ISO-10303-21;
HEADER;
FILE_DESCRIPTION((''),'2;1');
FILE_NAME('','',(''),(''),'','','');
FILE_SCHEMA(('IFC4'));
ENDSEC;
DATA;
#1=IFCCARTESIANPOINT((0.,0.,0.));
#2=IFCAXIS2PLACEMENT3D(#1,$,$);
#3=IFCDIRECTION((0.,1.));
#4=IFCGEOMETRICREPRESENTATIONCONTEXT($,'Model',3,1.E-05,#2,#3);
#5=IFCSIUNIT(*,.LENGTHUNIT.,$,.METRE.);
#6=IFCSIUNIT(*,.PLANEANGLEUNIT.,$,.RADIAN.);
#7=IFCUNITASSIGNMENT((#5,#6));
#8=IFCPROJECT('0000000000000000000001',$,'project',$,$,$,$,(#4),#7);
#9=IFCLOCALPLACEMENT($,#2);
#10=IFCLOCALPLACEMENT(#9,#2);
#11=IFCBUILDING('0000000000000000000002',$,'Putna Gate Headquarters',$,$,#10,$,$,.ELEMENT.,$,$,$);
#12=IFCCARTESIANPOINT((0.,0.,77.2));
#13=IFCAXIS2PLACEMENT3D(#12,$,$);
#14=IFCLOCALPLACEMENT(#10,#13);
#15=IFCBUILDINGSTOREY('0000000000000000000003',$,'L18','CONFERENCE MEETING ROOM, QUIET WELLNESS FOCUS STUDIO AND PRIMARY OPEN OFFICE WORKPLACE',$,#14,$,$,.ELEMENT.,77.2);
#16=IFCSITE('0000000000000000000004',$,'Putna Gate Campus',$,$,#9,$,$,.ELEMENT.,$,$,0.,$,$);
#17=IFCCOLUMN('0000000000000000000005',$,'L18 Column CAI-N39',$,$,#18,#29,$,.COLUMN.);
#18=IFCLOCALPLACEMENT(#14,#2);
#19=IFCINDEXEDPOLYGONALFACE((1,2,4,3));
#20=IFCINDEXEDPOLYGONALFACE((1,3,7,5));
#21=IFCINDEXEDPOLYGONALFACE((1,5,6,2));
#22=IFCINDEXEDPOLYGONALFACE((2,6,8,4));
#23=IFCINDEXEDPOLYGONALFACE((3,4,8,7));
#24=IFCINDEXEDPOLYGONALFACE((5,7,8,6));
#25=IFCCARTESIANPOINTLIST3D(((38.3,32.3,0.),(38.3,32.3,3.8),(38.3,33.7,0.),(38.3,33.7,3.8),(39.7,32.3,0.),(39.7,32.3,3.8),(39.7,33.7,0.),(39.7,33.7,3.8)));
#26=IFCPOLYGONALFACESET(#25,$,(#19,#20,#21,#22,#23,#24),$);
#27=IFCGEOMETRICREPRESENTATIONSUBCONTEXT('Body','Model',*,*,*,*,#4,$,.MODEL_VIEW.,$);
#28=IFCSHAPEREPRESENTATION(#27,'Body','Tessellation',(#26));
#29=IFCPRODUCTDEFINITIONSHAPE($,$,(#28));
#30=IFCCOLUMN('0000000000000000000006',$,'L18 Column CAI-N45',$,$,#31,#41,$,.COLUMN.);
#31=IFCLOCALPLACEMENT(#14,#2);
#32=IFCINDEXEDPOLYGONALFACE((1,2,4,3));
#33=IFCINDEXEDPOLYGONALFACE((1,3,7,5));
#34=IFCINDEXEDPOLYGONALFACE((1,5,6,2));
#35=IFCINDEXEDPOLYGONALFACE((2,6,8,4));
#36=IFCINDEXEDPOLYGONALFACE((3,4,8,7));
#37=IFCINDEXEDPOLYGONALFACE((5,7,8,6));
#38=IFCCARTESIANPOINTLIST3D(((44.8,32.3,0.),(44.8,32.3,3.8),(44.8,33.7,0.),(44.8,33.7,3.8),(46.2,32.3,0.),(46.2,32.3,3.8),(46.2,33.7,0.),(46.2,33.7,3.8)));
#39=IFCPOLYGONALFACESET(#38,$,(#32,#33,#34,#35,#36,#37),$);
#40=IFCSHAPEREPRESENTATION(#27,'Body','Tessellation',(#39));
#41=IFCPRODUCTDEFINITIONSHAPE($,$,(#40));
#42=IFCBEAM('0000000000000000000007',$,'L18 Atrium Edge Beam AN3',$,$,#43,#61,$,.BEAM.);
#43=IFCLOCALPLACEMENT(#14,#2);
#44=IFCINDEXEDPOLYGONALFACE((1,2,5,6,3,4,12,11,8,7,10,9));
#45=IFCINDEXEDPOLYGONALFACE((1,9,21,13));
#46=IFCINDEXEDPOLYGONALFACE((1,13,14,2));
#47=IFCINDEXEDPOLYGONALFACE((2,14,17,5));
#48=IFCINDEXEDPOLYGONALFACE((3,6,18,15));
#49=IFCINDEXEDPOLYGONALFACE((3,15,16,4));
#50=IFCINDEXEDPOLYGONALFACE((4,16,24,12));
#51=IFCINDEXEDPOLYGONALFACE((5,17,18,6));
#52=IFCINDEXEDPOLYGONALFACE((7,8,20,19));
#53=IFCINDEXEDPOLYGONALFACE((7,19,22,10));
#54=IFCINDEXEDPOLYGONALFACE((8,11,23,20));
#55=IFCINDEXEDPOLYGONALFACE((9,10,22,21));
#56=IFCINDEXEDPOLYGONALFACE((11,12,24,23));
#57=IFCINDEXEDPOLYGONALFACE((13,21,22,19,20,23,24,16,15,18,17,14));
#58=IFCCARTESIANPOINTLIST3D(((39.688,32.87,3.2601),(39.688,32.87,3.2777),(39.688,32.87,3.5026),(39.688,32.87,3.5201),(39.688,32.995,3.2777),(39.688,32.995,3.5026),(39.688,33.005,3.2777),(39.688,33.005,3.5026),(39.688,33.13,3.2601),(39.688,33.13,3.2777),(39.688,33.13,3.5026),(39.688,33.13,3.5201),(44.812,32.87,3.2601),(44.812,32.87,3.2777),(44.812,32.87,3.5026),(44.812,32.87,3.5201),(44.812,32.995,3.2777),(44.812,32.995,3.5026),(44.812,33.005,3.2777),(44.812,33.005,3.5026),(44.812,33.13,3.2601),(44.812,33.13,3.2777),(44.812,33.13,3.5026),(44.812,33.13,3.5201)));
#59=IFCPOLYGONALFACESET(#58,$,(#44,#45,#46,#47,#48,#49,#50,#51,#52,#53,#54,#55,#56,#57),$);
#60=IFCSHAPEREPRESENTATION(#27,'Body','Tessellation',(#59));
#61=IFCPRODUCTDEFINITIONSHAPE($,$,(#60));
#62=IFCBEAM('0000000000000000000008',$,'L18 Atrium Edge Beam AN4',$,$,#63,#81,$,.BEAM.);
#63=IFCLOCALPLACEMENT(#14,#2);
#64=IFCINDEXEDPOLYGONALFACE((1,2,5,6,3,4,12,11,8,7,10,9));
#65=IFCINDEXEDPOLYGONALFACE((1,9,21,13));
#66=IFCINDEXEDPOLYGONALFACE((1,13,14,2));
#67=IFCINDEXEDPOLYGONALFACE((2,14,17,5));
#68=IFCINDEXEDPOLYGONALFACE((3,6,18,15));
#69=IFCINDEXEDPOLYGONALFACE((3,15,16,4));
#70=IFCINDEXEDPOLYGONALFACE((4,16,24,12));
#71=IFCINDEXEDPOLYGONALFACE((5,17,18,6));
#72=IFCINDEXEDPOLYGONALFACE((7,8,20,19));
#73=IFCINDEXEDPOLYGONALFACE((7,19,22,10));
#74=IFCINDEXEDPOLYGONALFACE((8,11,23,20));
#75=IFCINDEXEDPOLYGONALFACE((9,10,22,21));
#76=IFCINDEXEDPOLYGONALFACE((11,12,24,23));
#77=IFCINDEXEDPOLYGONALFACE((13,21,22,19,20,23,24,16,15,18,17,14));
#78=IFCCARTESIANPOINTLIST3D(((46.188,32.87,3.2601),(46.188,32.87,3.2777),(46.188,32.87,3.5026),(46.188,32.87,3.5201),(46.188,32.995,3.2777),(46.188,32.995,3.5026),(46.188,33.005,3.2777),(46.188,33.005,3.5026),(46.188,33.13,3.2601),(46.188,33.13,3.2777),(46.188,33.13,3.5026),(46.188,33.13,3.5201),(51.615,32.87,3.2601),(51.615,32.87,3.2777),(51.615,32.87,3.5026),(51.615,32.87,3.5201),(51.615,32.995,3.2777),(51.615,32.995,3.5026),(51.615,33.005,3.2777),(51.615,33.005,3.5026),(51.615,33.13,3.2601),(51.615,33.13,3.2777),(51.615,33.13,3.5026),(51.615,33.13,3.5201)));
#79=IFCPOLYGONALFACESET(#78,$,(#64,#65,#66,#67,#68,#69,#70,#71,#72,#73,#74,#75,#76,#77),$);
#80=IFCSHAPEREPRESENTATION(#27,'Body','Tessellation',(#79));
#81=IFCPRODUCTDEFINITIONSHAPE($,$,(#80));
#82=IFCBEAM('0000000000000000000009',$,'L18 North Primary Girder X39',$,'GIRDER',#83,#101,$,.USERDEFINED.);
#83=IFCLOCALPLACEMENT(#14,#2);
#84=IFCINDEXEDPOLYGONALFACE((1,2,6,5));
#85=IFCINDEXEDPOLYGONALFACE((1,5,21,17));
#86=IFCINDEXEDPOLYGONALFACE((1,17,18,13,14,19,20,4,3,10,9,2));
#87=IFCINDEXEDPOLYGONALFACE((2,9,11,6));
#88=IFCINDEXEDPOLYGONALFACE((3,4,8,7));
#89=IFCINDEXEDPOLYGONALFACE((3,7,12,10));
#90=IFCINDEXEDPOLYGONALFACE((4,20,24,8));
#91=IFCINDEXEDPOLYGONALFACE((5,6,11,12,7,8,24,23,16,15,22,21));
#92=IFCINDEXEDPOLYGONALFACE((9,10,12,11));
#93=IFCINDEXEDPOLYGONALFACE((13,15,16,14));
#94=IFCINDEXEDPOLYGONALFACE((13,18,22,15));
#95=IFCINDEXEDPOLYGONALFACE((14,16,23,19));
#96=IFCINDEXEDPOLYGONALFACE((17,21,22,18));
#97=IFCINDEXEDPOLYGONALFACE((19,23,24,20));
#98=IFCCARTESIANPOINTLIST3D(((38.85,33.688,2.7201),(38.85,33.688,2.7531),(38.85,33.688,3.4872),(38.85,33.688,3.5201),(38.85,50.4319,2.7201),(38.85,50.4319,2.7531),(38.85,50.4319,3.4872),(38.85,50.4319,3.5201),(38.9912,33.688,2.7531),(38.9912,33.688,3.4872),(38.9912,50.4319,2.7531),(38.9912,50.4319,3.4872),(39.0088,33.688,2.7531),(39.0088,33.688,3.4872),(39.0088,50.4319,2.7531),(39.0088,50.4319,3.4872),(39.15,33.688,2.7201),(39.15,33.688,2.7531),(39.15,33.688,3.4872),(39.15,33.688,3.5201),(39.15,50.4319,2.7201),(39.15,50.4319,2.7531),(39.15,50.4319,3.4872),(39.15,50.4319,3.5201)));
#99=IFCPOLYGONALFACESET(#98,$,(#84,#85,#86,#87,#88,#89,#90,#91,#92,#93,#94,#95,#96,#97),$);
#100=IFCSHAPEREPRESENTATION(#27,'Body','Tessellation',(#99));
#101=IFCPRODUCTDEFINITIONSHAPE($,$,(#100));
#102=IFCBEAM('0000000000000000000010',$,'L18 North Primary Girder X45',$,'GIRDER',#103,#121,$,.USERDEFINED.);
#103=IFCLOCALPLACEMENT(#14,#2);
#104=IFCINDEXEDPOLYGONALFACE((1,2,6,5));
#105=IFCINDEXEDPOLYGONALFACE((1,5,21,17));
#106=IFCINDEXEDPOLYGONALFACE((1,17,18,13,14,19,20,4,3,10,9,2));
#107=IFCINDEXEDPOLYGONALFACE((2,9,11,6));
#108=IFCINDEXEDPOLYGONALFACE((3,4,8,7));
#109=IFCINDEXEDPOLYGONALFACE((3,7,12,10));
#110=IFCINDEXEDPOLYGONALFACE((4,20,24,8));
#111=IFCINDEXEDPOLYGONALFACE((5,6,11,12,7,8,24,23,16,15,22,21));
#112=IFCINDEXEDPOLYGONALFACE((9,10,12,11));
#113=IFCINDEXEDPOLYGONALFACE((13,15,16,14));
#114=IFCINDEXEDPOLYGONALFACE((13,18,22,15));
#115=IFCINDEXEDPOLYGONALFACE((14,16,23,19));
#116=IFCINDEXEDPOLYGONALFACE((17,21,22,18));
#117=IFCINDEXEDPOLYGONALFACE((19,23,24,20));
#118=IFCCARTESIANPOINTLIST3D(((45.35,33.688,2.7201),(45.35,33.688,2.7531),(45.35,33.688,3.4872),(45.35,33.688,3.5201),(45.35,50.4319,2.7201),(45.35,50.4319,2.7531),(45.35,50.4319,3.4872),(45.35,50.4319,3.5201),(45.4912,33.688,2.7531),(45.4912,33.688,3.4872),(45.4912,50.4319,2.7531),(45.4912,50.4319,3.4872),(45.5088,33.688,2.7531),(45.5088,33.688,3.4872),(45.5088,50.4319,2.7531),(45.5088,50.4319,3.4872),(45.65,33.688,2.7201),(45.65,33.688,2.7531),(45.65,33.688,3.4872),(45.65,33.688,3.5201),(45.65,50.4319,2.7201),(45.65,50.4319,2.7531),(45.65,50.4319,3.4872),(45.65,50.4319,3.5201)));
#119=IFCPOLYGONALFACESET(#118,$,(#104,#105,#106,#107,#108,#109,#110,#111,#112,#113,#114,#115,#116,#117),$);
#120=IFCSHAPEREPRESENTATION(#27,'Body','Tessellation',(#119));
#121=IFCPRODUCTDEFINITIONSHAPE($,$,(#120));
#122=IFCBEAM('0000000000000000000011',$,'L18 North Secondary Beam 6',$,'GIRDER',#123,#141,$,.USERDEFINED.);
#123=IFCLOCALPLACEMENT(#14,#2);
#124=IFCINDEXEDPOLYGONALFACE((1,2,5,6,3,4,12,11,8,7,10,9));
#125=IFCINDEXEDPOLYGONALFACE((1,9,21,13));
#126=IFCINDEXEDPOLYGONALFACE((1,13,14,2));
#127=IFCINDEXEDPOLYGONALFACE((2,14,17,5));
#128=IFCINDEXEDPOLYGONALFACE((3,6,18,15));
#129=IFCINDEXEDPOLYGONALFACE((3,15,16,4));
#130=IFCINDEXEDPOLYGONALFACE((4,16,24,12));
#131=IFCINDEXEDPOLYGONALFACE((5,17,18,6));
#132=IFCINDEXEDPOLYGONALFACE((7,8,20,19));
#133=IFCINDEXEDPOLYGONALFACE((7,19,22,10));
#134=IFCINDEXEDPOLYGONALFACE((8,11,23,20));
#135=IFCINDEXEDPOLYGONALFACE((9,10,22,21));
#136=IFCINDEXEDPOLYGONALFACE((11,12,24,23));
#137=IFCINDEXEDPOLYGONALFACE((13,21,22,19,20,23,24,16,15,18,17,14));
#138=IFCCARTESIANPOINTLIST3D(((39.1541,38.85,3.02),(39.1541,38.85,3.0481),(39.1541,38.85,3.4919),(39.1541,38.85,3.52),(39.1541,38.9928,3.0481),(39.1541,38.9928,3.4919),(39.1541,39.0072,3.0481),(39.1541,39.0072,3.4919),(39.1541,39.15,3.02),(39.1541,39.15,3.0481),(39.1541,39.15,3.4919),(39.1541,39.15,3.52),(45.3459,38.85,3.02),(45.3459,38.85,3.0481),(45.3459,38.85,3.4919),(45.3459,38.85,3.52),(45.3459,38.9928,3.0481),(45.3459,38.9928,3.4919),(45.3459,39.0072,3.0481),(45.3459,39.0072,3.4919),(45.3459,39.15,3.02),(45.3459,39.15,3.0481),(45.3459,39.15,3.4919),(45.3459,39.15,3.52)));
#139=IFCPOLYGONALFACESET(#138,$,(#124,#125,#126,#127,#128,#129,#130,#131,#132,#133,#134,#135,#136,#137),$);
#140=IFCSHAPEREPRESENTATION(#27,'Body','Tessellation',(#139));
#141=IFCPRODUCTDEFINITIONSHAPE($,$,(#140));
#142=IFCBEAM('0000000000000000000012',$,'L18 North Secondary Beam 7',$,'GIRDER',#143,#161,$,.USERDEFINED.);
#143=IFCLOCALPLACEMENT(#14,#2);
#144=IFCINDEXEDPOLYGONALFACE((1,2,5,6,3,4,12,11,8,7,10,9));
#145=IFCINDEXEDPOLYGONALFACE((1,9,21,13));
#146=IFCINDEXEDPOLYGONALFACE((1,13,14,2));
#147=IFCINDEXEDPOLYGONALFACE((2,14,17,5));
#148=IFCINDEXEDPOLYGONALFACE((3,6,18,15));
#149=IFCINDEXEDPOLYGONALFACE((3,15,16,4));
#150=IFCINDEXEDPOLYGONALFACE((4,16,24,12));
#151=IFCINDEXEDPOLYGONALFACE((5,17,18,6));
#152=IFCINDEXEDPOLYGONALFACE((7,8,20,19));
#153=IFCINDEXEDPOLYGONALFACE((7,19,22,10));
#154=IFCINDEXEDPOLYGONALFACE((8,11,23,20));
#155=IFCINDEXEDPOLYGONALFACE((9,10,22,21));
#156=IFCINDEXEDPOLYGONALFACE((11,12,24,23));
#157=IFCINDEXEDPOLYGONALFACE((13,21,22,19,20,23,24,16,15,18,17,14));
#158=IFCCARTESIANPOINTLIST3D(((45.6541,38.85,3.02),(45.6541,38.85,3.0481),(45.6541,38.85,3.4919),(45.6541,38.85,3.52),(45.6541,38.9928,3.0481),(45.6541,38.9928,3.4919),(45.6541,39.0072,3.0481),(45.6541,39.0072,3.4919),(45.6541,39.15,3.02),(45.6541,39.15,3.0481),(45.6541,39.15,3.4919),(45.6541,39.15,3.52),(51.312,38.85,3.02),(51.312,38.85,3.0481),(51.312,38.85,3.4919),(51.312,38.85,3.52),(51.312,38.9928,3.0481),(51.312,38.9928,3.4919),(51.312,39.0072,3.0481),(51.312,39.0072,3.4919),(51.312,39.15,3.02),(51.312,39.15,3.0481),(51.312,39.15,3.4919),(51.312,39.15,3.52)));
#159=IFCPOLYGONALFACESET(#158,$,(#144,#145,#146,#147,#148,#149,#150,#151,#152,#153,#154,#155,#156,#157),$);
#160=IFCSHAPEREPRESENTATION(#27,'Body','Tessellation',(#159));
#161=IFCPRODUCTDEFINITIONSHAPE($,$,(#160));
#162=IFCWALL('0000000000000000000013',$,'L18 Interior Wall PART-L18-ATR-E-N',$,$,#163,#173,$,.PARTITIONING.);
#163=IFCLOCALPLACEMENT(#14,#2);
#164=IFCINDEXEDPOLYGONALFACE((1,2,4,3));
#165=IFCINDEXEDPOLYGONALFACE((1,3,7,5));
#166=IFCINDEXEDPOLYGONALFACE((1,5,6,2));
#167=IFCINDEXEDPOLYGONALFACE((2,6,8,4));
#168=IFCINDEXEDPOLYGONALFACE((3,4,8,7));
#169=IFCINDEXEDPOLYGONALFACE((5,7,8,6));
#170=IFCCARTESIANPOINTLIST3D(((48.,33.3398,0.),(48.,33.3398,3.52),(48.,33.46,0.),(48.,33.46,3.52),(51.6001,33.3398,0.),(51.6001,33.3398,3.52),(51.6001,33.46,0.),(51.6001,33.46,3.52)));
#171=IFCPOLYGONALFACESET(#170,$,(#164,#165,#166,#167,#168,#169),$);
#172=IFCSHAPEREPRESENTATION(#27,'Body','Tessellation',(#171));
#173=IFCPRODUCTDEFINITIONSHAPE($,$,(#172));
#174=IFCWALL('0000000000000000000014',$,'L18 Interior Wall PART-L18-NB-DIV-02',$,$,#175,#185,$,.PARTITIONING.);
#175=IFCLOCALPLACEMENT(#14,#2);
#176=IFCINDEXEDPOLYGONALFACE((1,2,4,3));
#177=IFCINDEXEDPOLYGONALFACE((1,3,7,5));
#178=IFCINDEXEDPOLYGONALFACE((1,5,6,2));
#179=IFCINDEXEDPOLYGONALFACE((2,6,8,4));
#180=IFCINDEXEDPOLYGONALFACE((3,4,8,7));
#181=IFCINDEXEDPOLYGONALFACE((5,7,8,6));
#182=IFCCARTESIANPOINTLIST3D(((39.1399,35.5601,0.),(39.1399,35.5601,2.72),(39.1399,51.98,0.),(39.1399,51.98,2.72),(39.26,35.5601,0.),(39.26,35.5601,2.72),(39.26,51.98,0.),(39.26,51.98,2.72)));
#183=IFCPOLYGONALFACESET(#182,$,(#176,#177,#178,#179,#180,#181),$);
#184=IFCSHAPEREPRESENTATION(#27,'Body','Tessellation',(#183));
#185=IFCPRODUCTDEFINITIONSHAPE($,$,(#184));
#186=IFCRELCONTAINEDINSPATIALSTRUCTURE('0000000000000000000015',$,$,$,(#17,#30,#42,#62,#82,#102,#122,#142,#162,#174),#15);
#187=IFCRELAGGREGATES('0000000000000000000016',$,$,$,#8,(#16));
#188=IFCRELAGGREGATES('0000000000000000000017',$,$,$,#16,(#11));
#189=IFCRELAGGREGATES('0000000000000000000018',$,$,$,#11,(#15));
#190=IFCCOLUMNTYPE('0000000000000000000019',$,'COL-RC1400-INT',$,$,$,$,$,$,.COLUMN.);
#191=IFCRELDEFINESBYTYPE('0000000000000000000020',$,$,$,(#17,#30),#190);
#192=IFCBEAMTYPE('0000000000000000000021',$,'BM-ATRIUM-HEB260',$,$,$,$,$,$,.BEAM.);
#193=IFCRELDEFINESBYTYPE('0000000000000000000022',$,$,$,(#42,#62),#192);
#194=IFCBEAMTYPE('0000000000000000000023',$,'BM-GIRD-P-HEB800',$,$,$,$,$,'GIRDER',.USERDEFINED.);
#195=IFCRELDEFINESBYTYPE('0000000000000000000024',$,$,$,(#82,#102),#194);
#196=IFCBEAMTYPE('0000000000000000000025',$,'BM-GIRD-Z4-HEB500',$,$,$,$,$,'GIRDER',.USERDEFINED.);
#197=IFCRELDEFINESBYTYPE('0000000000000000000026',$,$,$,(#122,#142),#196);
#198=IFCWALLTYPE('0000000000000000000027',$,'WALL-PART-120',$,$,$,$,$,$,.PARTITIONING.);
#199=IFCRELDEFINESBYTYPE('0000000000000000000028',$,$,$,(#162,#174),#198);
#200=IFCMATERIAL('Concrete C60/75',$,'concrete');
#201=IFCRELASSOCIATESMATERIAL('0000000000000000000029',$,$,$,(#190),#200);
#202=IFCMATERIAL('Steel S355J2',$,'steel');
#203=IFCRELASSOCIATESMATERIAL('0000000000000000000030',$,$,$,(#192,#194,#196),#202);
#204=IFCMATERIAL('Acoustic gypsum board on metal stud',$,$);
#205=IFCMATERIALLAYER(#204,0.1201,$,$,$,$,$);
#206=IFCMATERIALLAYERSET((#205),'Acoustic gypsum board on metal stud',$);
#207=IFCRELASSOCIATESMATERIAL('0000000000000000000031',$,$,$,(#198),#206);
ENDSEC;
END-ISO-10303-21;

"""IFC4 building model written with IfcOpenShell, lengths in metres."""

from ifc_helpers import new_model, si_unit, direction, frame, frame_2d, origin, origin_2d, place, context, subcontext, project, spatial, rectangle, i_section, extrude, material, layer, layer_set, material_profile, profile_set, type_object, element, save


model = new_model("IFC4")

# Units and contexts
model_context = context("Model", 3, precision=1e-05, world=origin(), true_north=direction((0.0, 1.0)))
body_context = subcontext(model_context, "Body", "Model", "MODEL_VIEW")
ifc_project = project(units=[si_unit("LENGTHUNIT", "METRE"), si_unit("PLANEANGLEUNIT", "RADIAN")], contexts=[model_context])

# Site, building, storey
site_placement = place(None, origin())
site = spatial("IfcSite", under=ifc_project, at=site_placement, Name="Putna Gate Campus", CompositionType="ELEMENT", RefElevation=0.0)
building_placement = place(site_placement, origin())
building = spatial("IfcBuilding", under=site, at=building_placement, Name="Putna Gate Headquarters", CompositionType="ELEMENT")
storey_placement = place(building_placement, frame((0.0, 0.0, 77.2)))
storey = spatial("IfcBuildingStorey", under=building, at=storey_placement, Name="L18", Description="CONFERENCE MEETING ROOM, QUIET WELLNESS FOCUS STUDIO AND PRIMARY OPEN OFFICE WORKPLACE", CompositionType="ELEMENT", Elevation=77.2)

# Columns
ifc_material_1 = material(Name="Concrete C60/75", Category="concrete")
ifc_material_profile_1 = material_profile(ifc_material_1, rectangle(XDim=1.3999, YDim=1.3999, at=origin_2d()), Name="Concrete C60/75")
ifc_profile_set_1 = profile_set([ifc_material_profile_1], Name="Concrete C60/75")
column_type = type_object("IfcColumnType", Name="COL-RC1400-INT", PredefinedType="COLUMN", material=ifc_profile_set_1)
for number, where, z_axis, x_axis, name in (
    (1, (39.0, 33.0, 0.0), (0.0, 0.0, 1.0), (1.0, 0.0, 0.0), "L18 Column CAI-N39"),
    (2, (45.5, 33.0, 0.0), (0.0, 0.0, 1.0), (1.0, 0.0, 0.0), "L18 Column CAI-N45"),
):
    element("IfcColumn", number, at=place(storey_placement, frame(where, z_axis=z_axis, x_axis=x_axis)), inside=storey, type_object=column_type, Name=name, PredefinedType="COLUMN", context=body_context, shape_type="SweptSolid", body=[
        extrude(rectangle(XDim=1.3999, YDim=1.3999, at=origin_2d()), origin(), (0.0, 0.0, 1.0), 3.8),
    ])

# Beams
ifc_material_2 = material(Name="Steel S355J2", Category="steel")
ifc_material_profile_2 = material_profile(ifc_material_2, i_section(OverallWidth=0.26, OverallDepth=0.26, WebThickness=0.01, FlangeThickness=0.0176, at=origin_2d()), Name="Steel S355J2")
ifc_profile_set_2 = profile_set([ifc_material_profile_2], Name="Steel S355J2")
beam_type_1 = type_object("IfcBeamType", Name="BM-ATRIUM-HEB260", PredefinedType="BEAM", material=ifc_profile_set_2)
beam_1_placement = place(storey_placement, frame((39.688, 33.0, 3.3901), z_axis=(1.0, 0.0, 0.0), x_axis=(0.0, 1.0, 0.0)))
element("IfcBeam", 3, at=beam_1_placement, inside=storey, type_object=beam_type_1, Name="L18 Atrium Edge Beam AN3", PredefinedType="BEAM", context=body_context, shape_type="SweptSolid", body=[
    extrude(i_section(OverallWidth=0.26, OverallDepth=0.26, WebThickness=0.01, FlangeThickness=0.0176, at=origin_2d()), origin(), (0.0, 0.0, 1.0), 5.124),
])
beam_2_placement = place(storey_placement, frame((46.188, 33.0, 3.3901), z_axis=(1.0, 0.0, 0.0), x_axis=(0.0, 1.0, 0.0)))
element("IfcBeam", 4, at=beam_2_placement, inside=storey, type_object=beam_type_1, Name="L18 Atrium Edge Beam AN4", PredefinedType="BEAM", context=body_context, shape_type="SweptSolid", body=[
    extrude(i_section(OverallWidth=0.26, OverallDepth=0.26, WebThickness=0.01, FlangeThickness=0.0176, at=origin_2d()), origin(), (0.0, 0.0, 1.0), 5.427),
])
ifc_material_profile_3 = material_profile(ifc_material_2, i_section(OverallWidth=0.3, OverallDepth=0.8, WebThickness=0.0176, FlangeThickness=0.033, at=origin_2d()), Name="Steel S355J2")
ifc_profile_set_3 = profile_set([ifc_material_profile_3], Name="Steel S355J2")
beam_type_2 = type_object("IfcBeamType", Name="BM-GIRD-P-HEB800", ElementType="GIRDER", PredefinedType="USERDEFINED", material=ifc_profile_set_3)
for number, where, z_axis, x_axis, name in (
    (5, (39.0, 33.688, 3.1201), (0.0, 1.0, 0.0), (-1.0, 0.0, 0.0), "L18 North Primary Girder X39"),
    (6, (45.5, 33.688, 3.1201), (0.0, 1.0, 0.0), (-1.0, 0.0, 0.0), "L18 North Primary Girder X45"),
):
    element("IfcBeam", number, at=place(storey_placement, frame(where, z_axis=z_axis, x_axis=x_axis)), inside=storey, type_object=beam_type_2, Name=name, ObjectType="GIRDER", PredefinedType="USERDEFINED", context=body_context, shape_type="SweptSolid", body=[
        extrude(i_section(OverallWidth=0.3, OverallDepth=0.8, WebThickness=0.0176, FlangeThickness=0.033, at=origin_2d()), origin(), (0.0, 0.0, 1.0), 16.7439),
    ])
ifc_material_profile_4 = material_profile(ifc_material_2, i_section(OverallWidth=0.3, OverallDepth=0.5, WebThickness=0.0144, FlangeThickness=0.0281, at=origin_2d()), Name="Steel S355J2")
ifc_profile_set_4 = profile_set([ifc_material_profile_4], Name="Steel S355J2")
beam_type_3 = type_object("IfcBeamType", Name="BM-GIRD-Z4-HEB500", ElementType="GIRDER", PredefinedType="USERDEFINED", material=ifc_profile_set_4)
beam_3_placement = place(storey_placement, frame((39.1541, 39.0, 3.27), z_axis=(1.0, 0.0, 0.0), x_axis=(0.0, 1.0, 0.0)))
element("IfcBeam", 7, at=beam_3_placement, inside=storey, type_object=beam_type_3, Name="L18 North Secondary Beam 6", ObjectType="GIRDER", PredefinedType="USERDEFINED", context=body_context, shape_type="SweptSolid", body=[
    extrude(i_section(OverallWidth=0.3, OverallDepth=0.5, WebThickness=0.0144, FlangeThickness=0.0281, at=origin_2d()), origin(), (0.0, 0.0, 1.0), 6.1919),
])
beam_4_placement = place(storey_placement, frame((45.6541, 39.0, 3.27), z_axis=(1.0, 0.0, 0.0), x_axis=(0.0, 1.0, 0.0)))
element("IfcBeam", 8, at=beam_4_placement, inside=storey, type_object=beam_type_3, Name="L18 North Secondary Beam 7", ObjectType="GIRDER", PredefinedType="USERDEFINED", context=body_context, shape_type="SweptSolid", body=[
    extrude(i_section(OverallWidth=0.3, OverallDepth=0.5, WebThickness=0.0144, FlangeThickness=0.0281, at=origin_2d()), origin(), (0.0, 0.0, 1.0), 5.658),
])

# Walls
ifc_material_3 = material(Name="Acoustic gypsum board on metal stud")
ifc_layer_1 = layer(ifc_material_3, 0.1201)
ifc_layer_set_1 = layer_set([ifc_layer_1], Name="Acoustic gypsum board on metal stud")
wall_type_1 = type_object("IfcWallType", Name="WALL-PART-120", PredefinedType="PARTITIONING", material=ifc_layer_set_1)
wall_1_placement = place(storey_placement, frame((48.0, 33.3999, 0.0), z_axis=(0.0, 0.0, 1.0), x_axis=(1.0, 0.0, 0.0)))
element("IfcWall", 9, at=wall_1_placement, inside=storey, type_object=wall_type_1, Name="L18 Interior Wall PART-L18-ATR-E-N", PredefinedType="PARTITIONING", context=body_context, shape_type="SweptSolid", body=[
    extrude(rectangle(XDim=3.6001, YDim=0.1201, at=frame_2d((1.8, 0.0))), origin(), (0.0, 0.0, 1.0), 3.52),
])
wall_2_placement = place(storey_placement, frame((39.2, 35.5601, 0.0), z_axis=(0.0, 0.0, 1.0), x_axis=(0.0, 1.0, 0.0)))
element("IfcWall", 10, at=wall_2_placement, inside=storey, type_object=wall_type_1, Name="L18 Interior Wall PART-L18-NB-DIV-02", PredefinedType="PARTITIONING", context=body_context, shape_type="SweptSolid", body=[
    extrude(rectangle(XDim=16.4199, YDim=0.1201, at=frame_2d((8.21, 0.0))), origin(), (0.0, 0.0, 1.0), 2.72),
])

save(model, "model.ifc")
